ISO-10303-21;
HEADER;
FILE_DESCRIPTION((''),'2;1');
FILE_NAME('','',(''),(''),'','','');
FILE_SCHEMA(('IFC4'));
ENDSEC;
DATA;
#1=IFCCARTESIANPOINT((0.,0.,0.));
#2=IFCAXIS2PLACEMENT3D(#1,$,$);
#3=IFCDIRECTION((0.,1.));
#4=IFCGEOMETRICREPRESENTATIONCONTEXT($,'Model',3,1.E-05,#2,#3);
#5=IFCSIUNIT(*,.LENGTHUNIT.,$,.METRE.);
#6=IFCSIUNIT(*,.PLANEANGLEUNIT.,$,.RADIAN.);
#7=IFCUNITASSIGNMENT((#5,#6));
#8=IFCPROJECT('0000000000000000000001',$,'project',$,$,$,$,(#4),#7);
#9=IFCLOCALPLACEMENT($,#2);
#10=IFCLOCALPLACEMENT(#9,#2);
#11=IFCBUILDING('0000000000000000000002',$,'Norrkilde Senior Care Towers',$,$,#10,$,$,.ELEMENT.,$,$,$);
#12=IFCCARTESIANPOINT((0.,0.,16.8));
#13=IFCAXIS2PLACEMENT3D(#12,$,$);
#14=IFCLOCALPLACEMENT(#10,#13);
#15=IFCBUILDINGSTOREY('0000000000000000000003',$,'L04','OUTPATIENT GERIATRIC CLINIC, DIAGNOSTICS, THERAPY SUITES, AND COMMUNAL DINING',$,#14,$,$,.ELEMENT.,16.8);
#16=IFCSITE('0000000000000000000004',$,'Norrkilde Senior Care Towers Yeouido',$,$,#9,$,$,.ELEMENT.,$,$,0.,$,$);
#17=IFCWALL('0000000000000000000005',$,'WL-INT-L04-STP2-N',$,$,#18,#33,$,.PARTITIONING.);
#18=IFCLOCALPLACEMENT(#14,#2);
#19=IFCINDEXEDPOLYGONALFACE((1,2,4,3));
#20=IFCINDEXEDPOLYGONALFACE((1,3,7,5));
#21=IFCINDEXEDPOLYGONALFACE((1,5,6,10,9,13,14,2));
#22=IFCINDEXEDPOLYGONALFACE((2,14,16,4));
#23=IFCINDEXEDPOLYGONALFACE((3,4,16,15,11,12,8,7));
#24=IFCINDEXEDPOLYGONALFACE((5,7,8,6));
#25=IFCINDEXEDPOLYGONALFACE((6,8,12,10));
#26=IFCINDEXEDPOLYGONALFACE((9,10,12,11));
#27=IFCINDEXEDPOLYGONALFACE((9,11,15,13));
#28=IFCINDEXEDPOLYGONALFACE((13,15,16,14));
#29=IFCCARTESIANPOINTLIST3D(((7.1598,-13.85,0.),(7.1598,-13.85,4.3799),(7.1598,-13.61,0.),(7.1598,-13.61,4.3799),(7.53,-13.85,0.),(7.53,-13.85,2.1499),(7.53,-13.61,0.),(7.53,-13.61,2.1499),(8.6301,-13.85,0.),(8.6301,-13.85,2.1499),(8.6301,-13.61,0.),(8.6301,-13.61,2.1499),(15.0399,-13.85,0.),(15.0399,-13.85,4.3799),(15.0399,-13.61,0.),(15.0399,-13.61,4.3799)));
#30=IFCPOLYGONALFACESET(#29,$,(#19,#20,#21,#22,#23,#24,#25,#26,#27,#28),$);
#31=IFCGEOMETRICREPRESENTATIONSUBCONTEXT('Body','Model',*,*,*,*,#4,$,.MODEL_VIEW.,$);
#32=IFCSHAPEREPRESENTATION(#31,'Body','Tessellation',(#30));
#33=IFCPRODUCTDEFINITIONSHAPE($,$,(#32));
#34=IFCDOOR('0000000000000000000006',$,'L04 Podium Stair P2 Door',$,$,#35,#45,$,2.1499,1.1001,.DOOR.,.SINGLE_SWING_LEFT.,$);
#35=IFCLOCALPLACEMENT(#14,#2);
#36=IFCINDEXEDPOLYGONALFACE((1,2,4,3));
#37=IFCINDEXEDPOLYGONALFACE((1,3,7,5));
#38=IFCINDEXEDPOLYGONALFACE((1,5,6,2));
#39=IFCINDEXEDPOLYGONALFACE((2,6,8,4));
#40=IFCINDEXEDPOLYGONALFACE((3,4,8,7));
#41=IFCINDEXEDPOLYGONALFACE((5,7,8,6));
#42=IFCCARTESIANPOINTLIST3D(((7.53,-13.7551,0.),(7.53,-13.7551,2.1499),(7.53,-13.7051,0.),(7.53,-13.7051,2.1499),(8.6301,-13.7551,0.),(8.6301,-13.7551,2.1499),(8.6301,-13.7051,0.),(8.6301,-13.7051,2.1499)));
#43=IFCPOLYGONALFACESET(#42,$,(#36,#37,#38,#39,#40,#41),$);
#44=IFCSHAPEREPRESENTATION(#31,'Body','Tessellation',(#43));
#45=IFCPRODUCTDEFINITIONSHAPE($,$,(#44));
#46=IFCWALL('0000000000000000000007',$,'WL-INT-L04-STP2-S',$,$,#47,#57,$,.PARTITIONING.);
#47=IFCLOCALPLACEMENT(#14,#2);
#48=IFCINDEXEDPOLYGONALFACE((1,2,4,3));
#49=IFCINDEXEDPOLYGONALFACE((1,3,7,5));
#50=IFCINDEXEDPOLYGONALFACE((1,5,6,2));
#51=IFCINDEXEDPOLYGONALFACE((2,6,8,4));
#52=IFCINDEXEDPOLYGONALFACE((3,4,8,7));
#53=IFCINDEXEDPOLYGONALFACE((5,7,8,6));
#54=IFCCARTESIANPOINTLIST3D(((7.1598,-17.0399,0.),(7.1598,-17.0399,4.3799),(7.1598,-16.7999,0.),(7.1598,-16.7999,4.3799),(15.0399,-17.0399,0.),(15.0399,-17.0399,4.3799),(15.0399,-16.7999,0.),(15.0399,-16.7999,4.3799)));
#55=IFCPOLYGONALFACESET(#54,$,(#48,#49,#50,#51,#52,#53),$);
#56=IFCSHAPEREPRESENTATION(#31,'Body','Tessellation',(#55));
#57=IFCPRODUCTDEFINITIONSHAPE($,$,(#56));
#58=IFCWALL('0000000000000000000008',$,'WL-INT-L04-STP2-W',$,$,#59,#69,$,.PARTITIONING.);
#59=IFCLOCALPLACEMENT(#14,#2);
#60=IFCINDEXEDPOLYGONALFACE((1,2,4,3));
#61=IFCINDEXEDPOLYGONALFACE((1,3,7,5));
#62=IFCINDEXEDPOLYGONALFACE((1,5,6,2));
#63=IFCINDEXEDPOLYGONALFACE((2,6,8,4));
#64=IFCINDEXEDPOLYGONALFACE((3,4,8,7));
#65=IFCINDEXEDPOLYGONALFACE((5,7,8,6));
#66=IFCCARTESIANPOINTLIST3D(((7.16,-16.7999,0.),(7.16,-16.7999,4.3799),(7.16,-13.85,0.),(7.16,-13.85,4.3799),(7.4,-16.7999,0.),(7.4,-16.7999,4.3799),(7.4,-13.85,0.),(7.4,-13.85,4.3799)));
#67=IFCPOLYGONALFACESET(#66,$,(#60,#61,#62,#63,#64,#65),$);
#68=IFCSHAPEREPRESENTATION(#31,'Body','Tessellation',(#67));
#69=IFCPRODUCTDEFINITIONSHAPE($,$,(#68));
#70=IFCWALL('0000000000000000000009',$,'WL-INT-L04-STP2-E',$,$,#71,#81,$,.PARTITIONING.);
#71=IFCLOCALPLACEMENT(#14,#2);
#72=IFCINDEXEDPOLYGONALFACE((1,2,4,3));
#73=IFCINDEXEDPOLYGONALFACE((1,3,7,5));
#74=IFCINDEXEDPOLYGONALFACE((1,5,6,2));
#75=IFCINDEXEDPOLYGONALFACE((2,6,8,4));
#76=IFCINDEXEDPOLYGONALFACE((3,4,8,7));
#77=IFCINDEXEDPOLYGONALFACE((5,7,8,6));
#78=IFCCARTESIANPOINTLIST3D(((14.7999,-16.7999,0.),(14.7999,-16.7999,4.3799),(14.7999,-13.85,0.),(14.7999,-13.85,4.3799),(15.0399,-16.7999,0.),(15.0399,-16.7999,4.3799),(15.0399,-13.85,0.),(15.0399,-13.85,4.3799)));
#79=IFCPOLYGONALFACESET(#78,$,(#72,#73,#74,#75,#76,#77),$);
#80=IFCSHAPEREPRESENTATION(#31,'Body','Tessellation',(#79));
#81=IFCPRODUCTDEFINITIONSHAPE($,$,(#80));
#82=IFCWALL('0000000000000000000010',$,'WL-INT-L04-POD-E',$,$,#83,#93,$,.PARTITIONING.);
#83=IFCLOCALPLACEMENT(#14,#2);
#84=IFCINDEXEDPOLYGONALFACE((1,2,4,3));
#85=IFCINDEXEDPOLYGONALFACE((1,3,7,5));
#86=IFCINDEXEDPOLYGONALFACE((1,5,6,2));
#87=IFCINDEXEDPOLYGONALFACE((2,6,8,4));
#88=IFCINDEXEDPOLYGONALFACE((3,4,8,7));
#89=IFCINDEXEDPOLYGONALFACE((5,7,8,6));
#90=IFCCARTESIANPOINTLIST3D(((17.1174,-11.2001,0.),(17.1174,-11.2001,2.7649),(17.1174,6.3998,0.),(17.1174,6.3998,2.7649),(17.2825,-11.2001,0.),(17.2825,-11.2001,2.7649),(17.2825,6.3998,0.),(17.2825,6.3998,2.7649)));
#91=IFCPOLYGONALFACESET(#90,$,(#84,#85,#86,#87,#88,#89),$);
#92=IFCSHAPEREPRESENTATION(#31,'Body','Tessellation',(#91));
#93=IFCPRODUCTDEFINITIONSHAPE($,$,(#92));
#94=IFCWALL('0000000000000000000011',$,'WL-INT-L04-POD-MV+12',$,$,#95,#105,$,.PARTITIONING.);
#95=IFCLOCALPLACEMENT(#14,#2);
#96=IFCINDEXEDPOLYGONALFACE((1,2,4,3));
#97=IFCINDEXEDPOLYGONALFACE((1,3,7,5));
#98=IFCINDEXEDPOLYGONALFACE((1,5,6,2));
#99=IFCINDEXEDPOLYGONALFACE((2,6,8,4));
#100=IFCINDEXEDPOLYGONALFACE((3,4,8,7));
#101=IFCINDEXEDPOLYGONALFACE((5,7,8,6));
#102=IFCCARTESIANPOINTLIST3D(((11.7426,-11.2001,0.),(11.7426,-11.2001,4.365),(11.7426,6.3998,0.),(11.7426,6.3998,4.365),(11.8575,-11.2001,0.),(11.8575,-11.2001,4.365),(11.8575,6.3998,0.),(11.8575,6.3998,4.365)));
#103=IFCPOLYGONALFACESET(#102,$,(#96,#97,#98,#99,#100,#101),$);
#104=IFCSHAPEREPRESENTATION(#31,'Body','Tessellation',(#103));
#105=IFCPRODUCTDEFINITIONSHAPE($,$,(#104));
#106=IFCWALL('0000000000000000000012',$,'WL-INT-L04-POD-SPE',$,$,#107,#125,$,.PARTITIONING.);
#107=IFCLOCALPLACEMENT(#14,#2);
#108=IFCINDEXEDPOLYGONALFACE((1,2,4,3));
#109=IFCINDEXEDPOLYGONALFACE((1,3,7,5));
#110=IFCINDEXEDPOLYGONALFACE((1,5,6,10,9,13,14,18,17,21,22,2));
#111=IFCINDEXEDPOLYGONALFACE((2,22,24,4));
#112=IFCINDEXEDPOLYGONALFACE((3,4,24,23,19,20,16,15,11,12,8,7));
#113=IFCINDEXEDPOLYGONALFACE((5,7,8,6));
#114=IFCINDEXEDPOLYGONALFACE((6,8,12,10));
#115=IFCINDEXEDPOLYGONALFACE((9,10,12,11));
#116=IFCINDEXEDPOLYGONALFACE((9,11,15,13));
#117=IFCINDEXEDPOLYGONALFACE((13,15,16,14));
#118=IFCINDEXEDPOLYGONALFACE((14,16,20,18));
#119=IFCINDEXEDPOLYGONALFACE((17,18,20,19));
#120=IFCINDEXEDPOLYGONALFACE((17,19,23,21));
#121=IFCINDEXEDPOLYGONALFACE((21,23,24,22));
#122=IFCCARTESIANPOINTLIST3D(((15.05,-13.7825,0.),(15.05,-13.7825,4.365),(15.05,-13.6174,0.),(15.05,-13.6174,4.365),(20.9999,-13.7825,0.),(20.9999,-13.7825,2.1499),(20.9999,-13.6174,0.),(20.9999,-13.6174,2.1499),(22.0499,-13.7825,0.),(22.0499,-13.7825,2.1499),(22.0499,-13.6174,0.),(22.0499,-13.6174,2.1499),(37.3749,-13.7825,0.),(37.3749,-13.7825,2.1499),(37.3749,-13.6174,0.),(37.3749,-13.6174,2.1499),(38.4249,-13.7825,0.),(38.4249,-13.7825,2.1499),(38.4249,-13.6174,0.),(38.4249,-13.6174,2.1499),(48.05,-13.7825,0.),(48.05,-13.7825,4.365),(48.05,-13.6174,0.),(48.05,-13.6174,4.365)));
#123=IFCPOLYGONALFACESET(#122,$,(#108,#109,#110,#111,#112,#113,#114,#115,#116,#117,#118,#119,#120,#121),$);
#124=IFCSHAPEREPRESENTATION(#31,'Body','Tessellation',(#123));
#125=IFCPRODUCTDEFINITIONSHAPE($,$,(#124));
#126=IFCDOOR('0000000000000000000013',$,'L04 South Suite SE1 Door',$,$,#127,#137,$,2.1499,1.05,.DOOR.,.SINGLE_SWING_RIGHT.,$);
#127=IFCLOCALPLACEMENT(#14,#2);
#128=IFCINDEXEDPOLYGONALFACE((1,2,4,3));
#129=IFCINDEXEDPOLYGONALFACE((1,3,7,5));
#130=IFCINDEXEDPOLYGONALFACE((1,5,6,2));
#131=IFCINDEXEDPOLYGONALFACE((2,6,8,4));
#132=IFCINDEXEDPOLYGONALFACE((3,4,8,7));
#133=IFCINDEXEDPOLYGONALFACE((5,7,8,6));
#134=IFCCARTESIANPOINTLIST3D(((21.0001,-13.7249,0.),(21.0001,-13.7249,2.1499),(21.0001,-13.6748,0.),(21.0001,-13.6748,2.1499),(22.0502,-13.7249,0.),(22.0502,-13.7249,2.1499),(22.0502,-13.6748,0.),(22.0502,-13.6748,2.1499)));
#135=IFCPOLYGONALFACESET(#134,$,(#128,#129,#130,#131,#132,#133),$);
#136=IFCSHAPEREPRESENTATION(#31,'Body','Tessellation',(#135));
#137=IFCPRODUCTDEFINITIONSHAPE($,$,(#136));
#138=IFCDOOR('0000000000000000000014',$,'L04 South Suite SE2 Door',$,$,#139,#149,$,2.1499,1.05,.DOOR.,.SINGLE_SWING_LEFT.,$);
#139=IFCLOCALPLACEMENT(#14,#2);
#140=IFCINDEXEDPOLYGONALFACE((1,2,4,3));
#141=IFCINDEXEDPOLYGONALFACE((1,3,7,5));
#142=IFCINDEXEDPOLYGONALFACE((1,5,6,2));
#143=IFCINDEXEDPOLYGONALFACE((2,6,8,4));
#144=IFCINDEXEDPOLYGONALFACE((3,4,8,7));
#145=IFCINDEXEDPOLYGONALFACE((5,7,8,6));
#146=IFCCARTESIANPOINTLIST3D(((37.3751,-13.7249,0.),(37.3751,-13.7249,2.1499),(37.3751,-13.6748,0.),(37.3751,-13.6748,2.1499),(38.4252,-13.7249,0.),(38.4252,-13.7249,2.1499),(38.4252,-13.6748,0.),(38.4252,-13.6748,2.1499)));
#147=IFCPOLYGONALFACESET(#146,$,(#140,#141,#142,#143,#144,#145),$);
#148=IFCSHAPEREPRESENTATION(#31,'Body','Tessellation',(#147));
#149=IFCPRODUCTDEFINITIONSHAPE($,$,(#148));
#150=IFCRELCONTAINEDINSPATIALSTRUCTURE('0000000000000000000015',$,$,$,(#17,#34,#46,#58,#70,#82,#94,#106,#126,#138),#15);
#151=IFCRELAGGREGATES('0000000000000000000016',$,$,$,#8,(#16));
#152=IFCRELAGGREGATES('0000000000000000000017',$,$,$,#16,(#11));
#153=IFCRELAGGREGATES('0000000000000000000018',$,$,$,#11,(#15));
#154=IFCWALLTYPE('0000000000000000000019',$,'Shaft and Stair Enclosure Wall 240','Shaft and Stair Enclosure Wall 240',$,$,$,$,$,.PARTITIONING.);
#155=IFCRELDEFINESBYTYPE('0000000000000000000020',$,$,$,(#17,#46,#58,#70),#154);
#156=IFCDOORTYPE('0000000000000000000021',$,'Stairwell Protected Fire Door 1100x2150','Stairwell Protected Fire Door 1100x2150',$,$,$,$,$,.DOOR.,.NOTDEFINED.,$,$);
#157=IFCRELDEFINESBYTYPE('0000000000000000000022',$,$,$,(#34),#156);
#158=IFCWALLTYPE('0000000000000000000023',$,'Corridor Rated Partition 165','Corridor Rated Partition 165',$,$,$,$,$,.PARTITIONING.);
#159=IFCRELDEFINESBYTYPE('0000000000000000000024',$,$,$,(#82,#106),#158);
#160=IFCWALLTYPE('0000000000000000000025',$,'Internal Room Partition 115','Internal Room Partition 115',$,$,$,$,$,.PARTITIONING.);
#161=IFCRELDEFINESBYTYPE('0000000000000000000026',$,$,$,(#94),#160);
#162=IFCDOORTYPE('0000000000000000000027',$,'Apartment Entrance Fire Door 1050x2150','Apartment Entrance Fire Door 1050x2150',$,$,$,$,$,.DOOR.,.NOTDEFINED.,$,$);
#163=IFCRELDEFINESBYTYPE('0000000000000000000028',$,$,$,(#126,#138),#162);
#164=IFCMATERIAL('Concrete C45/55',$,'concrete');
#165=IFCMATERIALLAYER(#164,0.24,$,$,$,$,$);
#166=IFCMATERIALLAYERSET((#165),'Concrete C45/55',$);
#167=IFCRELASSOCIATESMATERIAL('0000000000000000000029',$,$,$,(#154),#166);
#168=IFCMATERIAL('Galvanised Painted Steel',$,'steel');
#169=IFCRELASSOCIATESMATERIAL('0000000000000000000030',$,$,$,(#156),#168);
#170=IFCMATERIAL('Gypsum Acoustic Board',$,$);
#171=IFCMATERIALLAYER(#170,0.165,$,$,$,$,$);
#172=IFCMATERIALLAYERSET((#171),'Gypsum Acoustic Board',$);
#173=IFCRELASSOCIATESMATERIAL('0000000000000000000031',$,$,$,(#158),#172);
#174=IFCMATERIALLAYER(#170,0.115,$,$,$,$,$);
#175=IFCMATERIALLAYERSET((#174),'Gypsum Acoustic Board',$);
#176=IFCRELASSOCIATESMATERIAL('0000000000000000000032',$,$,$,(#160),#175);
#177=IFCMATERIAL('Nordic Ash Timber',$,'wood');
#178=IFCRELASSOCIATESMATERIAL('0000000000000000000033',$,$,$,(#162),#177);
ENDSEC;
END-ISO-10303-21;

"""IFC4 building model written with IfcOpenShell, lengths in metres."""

from ifc_helpers import new_model, si_unit, direction, frame, frame_2d, origin, place, context, subcontext, project, spatial, rectangle, extrude, source, transform, mapped, material, layer, layer_set, type_object, type_shapes, element, fill, save


model = new_model("IFC4")

# Units and contexts
model_context = context("Model", 3, precision=1e-05, world=origin(), true_north=direction((0.0, 1.0)))
body_context = subcontext(model_context, "Body", "Model", "MODEL_VIEW")
ifc_project = project(units=[si_unit("LENGTHUNIT", "METRE"), si_unit("PLANEANGLEUNIT", "RADIAN")], contexts=[model_context])

# Site, building, storey
site_placement = place(None, origin())
site = spatial("IfcSite", under=ifc_project, at=site_placement, Name="Norrkilde Senior Care Towers Yeouido", CompositionType="ELEMENT", RefElevation=0.0)
building_placement = place(site_placement, origin())
building = spatial("IfcBuilding", under=site, at=building_placement, Name="Norrkilde Senior Care Towers", CompositionType="ELEMENT")
storey_placement = place(building_placement, frame((0.0, 0.0, 16.8)))
storey = spatial("IfcBuildingStorey", under=building, at=storey_placement, Name="L04", Description="OUTPATIENT GERIATRIC CLINIC, DIAGNOSTICS, THERAPY SUITES, AND COMMUNAL DINING", CompositionType="ELEMENT", Elevation=16.8)

# Wall, opening, door
ifc_material_1 = material(Name="Galvanised Painted Steel", Category="steel")
ifc_material_2 = material(Name="Concrete C45/55", Category="concrete")
ifc_layer_1 = layer(ifc_material_2, 0.24)
ifc_layer_set_1 = layer_set([ifc_layer_1], Name="Concrete C45/55")
wall_type_1 = type_object("IfcWallType", Name="Shaft and Stair Enclosure Wall 240", Description="Shaft and Stair Enclosure Wall 240", PredefinedType="PARTITIONING", material=ifc_layer_set_1)
shared_shape_1 = source(origin(), body_context, "Body", "SweptSolid", [
    extrude(rectangle(XDim=7.8801, YDim=0.24, at=frame_2d((3.9399, 0.0))), origin(), (0.0, 0.0, 1.0), 4.3799),
])
wall_1_placement = place(storey_placement, frame((7.1599, -13.73, 0.0), z_axis=(0.0, 0.0, 1.0), x_axis=(1.0, 0.0, 0.0)))
wall_1 = element("IfcWall", 1, at=wall_1_placement, inside=storey, type_object=wall_type_1, Name="WL-INT-L04-STP2-N", PredefinedType="PARTITIONING", context=body_context, shape_type="MappedRepresentation", body=[
    mapped(shared_shape_1, transform((0.0, 0.0, 0.0), x_axis=(1.0, 0.0, 0.0), y_axis=(0.0, 1.0, 0.0), z_axis=(0.0, 0.0, 1.0), scale=1.0)),
])
opening_1_placement = place(wall_1_placement, frame((0.3701, 0.0, 0.0)))
opening_1 = element("IfcOpeningElement", 2, at=opening_1_placement, cuts=wall_1, PredefinedType="OPENING", context=body_context, shape_type="SweptSolid", body=[
    extrude(rectangle(XDim=1.1001, YDim=2.1499, at=frame_2d((0.55, 1.075))), frame((0.0, 0.1299, 0.0), z_axis=(0.0, -1.0, 0.0), x_axis=(1.0, 0.0, 0.0)), (0.0, 0.0, 1.0), 0.26),
])
door_type_1 = type_object("IfcDoorType", Name="Stairwell Protected Fire Door 1100x2150", Description="Stairwell Protected Fire Door 1100x2150", OperationType="NOTDEFINED", PredefinedType="DOOR", material=ifc_material_1)
shared_shape_2 = source(origin(), body_context, "Body", "SweptSolid", [
    extrude(rectangle(XDim=1.1001, YDim=2.1499, at=frame_2d((0.55, 1.075))), frame((0.0, 0.0249, 0.0), z_axis=(0.0, -1.0, 0.0), x_axis=(1.0, 0.0, 0.0)), (0.0, 0.0, 1.0), 0.05),
])
type_shapes(door_type_1, [shared_shape_2])
door_1_placement = place(opening_1_placement, origin())
door_1 = element("IfcDoor", 3, at=door_1_placement, inside=storey, type_object=door_type_1, Name="L04 Podium Stair P2 Door", OperationType="SINGLE_SWING_LEFT", OverallHeight=2.1499, OverallWidth=1.1001, PredefinedType="DOOR", context=body_context, shape_type="MappedRepresentation", body=[
    mapped(shared_shape_2, transform((0.0, 0.0, 0.0), x_axis=(1.0, 0.0, 0.0), y_axis=(0.0, 1.0, 0.0), z_axis=(0.0, 0.0, 1.0), scale=1.0)),
])
fill(opening_1, door_1)

# Walls
wall_2_placement = place(storey_placement, frame((7.1599, -16.9199, 0.0), z_axis=(0.0, 0.0, 1.0), x_axis=(1.0, 0.0, 0.0)))
element("IfcWall", 4, at=wall_2_placement, inside=storey, type_object=wall_type_1, Name="WL-INT-L04-STP2-S", PredefinedType="PARTITIONING", context=body_context, shape_type="MappedRepresentation", body=[
    mapped(shared_shape_1, transform((0.0, 0.0, 0.0), x_axis=(1.0, 0.0, 0.0), y_axis=(0.0, 1.0, 0.0), z_axis=(0.0, 0.0, 1.0), scale=1.0)),
])
shared_shape_3 = source(origin(), body_context, "Body", "SweptSolid", [
    extrude(rectangle(XDim=2.95, YDim=0.24, at=frame_2d((1.4751, 0.0))), origin(), (0.0, 0.0, 1.0), 4.3799),
])
type_shapes(wall_type_1, [shared_shape_1, shared_shape_3])
for number, where, z_axis, x_axis, name in (
    (5, (7.28, -16.8, 0.0), (0.0, 0.0, 1.0), (0.0, 1.0, 0.0), "WL-INT-L04-STP2-W"),
    (6, (14.9199, -16.8, 0.0), (0.0, 0.0, 1.0), (0.0, 1.0, 0.0), "WL-INT-L04-STP2-E"),
):
    element("IfcWall", number, at=place(storey_placement, frame(where, z_axis=z_axis, x_axis=x_axis)), inside=storey, type_object=wall_type_1, Name=name, PredefinedType="PARTITIONING", context=body_context, shape_type="MappedRepresentation", body=[
        mapped(shared_shape_3, transform((0.0, 0.0, 0.0), x_axis=(1.0, 0.0, 0.0), y_axis=(0.0, 1.0, 0.0), z_axis=(0.0, 0.0, 1.0), scale=1.0)),
    ])
ifc_material_3 = material(Name="Gypsum Acoustic Board")
ifc_layer_2 = layer(ifc_material_3, 0.165)
ifc_layer_set_2 = layer_set([ifc_layer_2], Name="Gypsum Acoustic Board")
wall_type_2 = type_object("IfcWallType", Name="Corridor Rated Partition 165", Description="Corridor Rated Partition 165", PredefinedType="PARTITIONING", material=ifc_layer_set_2)
shared_shape_4 = source(origin(), body_context, "Body", "SweptSolid", [
    extrude(rectangle(XDim=17.5999, YDim=0.165, at=frame_2d((8.7998, 0.0))), origin(), (0.0, 0.0, 1.0), 2.7649),
])
wall_3_placement = place(storey_placement, frame((17.2, -11.2, 0.0), z_axis=(0.0, 0.0, 1.0), x_axis=(0.0, 1.0, 0.0)))
element("IfcWall", 7, at=wall_3_placement, inside=storey, type_object=wall_type_2, Name="WL-INT-L04-POD-E", PredefinedType="PARTITIONING", context=body_context, shape_type="MappedRepresentation", body=[
    mapped(shared_shape_4, transform((0.0, 0.0, 0.0), x_axis=(1.0, 0.0, 0.0), y_axis=(0.0, 1.0, 0.0), z_axis=(0.0, 0.0, 1.0), scale=1.0)),
])
ifc_layer_3 = layer(ifc_material_3, 0.115)
ifc_layer_set_3 = layer_set([ifc_layer_3], Name="Gypsum Acoustic Board")
wall_type_3 = type_object("IfcWallType", Name="Internal Room Partition 115", Description="Internal Room Partition 115", PredefinedType="PARTITIONING", material=ifc_layer_set_3)
shared_shape_5 = source(origin(), body_context, "Body", "SweptSolid", [
    extrude(rectangle(XDim=17.5999, YDim=0.115, at=frame_2d((8.7998, 0.0))), origin(), (0.0, 0.0, 1.0), 4.365),
])
type_shapes(wall_type_3, [shared_shape_5])
wall_4_placement = place(storey_placement, frame((11.8, -11.2, 0.0), z_axis=(0.0, 0.0, 1.0), x_axis=(0.0, 1.0, 0.0)))
element("IfcWall", 8, at=wall_4_placement, inside=storey, type_object=wall_type_3, Name="WL-INT-L04-POD-MV+12", PredefinedType="PARTITIONING", context=body_context, shape_type="MappedRepresentation", body=[
    mapped(shared_shape_5, transform((0.0, 0.0, 0.0), x_axis=(1.0, 0.0, 0.0), y_axis=(0.0, 1.0, 0.0), z_axis=(0.0, 0.0, 1.0), scale=1.0)),
])

# Wall, openings, doors
shared_shape_6 = source(origin(), body_context, "Body", "SweptSolid", [
    extrude(rectangle(XDim=33.0, YDim=0.165, at=frame_2d((16.5, 0.0))), origin(), (0.0, 0.0, 1.0), 4.365),
])
type_shapes(wall_type_2, [shared_shape_4, shared_shape_6])
wall_5_placement = place(storey_placement, frame((15.05, -13.7, 0.0), z_axis=(0.0, 0.0, 1.0), x_axis=(1.0, 0.0, 0.0)))
wall_5 = element("IfcWall", 9, at=wall_5_placement, inside=storey, type_object=wall_type_2, Name="WL-INT-L04-POD-SPE", PredefinedType="PARTITIONING", context=body_context, shape_type="MappedRepresentation", body=[
    mapped(shared_shape_6, transform((0.0, 0.0, 0.0), x_axis=(1.0, 0.0, 0.0), y_axis=(0.0, 1.0, 0.0), z_axis=(0.0, 0.0, 1.0), scale=1.0)),
])
opening_2_placement = place(wall_5_placement, frame((5.95, 0.0, 0.0)))
opening_2 = element("IfcOpeningElement", 10, at=opening_2_placement, cuts=wall_5, PredefinedType="OPENING", context=body_context, shape_type="SweptSolid", body=[
    extrude(rectangle(XDim=1.05, YDim=2.1499, at=frame_2d((0.5249, 1.075))), frame((0.0, 0.0925, 0.0), z_axis=(0.0, -1.0, 0.0), x_axis=(1.0, 0.0, 0.0)), (0.0, 0.0, 1.0), 0.1851),
])
opening_3_placement = place(wall_5_placement, frame((22.325, 0.0, 0.0)))
opening_3 = element("IfcOpeningElement", 11, at=opening_3_placement, cuts=wall_5, PredefinedType="OPENING", context=body_context, shape_type="SweptSolid", body=[
    extrude(rectangle(XDim=1.05, YDim=2.1499, at=frame_2d((0.5249, 1.075))), frame((0.0, 0.0925, 0.0), z_axis=(0.0, -1.0, 0.0), x_axis=(1.0, 0.0, 0.0)), (0.0, 0.0, 1.0), 0.1851),
])
ifc_material_4 = material(Name="Nordic Ash Timber", Category="wood")
door_type_2 = type_object("IfcDoorType", Name="Apartment Entrance Fire Door 1050x2150", Description="Apartment Entrance Fire Door 1050x2150", OperationType="NOTDEFINED", PredefinedType="DOOR", material=ifc_material_4)
shared_shape_7 = source(origin(), body_context, "Body", "SweptSolid", [
    extrude(rectangle(XDim=1.05, YDim=2.1499, at=frame_2d((0.5249, 1.075))), frame((0.0, 0.0249, 0.0), z_axis=(0.0, -1.0, 0.0), x_axis=(1.0, 0.0, 0.0)), (0.0, 0.0, 1.0), 0.05),
])
type_shapes(door_type_2, [shared_shape_7])
door_2_placement = place(opening_2_placement, frame((1.05, 0.0, 0.0), z_axis=(0.0, 0.0, 1.0), x_axis=(-1.0, 0.0, 0.0)))
door_2 = element("IfcDoor", 12, at=door_2_placement, inside=storey, type_object=door_type_2, Name="L04 South Suite SE1 Door", OperationType="SINGLE_SWING_RIGHT", OverallHeight=2.1499, OverallWidth=1.05, PredefinedType="DOOR", context=body_context, shape_type="MappedRepresentation", body=[
    mapped(shared_shape_7, transform((0.0, 0.0, 0.0), x_axis=(1.0, 0.0, 0.0), y_axis=(0.0, 1.0, 0.0), z_axis=(0.0, 0.0, 1.0), scale=1.0)),
])
fill(opening_2, door_2)
door_3_placement = place(opening_3_placement, frame((1.05, 0.0, 0.0), z_axis=(0.0, 0.0, 1.0), x_axis=(-1.0, 0.0, 0.0)))
door_3 = element("IfcDoor", 13, at=door_3_placement, inside=storey, type_object=door_type_2, Name="L04 South Suite SE2 Door", OperationType="SINGLE_SWING_LEFT", OverallHeight=2.1499, OverallWidth=1.05, PredefinedType="DOOR", context=body_context, shape_type="MappedRepresentation", body=[
    mapped(shared_shape_7, transform((0.0, 0.0, 0.0), x_axis=(1.0, 0.0, 0.0), y_axis=(0.0, 1.0, 0.0), z_axis=(0.0, 0.0, 1.0), scale=1.0)),
])
fill(opening_3, door_3)

save(model, "model.ifc")
